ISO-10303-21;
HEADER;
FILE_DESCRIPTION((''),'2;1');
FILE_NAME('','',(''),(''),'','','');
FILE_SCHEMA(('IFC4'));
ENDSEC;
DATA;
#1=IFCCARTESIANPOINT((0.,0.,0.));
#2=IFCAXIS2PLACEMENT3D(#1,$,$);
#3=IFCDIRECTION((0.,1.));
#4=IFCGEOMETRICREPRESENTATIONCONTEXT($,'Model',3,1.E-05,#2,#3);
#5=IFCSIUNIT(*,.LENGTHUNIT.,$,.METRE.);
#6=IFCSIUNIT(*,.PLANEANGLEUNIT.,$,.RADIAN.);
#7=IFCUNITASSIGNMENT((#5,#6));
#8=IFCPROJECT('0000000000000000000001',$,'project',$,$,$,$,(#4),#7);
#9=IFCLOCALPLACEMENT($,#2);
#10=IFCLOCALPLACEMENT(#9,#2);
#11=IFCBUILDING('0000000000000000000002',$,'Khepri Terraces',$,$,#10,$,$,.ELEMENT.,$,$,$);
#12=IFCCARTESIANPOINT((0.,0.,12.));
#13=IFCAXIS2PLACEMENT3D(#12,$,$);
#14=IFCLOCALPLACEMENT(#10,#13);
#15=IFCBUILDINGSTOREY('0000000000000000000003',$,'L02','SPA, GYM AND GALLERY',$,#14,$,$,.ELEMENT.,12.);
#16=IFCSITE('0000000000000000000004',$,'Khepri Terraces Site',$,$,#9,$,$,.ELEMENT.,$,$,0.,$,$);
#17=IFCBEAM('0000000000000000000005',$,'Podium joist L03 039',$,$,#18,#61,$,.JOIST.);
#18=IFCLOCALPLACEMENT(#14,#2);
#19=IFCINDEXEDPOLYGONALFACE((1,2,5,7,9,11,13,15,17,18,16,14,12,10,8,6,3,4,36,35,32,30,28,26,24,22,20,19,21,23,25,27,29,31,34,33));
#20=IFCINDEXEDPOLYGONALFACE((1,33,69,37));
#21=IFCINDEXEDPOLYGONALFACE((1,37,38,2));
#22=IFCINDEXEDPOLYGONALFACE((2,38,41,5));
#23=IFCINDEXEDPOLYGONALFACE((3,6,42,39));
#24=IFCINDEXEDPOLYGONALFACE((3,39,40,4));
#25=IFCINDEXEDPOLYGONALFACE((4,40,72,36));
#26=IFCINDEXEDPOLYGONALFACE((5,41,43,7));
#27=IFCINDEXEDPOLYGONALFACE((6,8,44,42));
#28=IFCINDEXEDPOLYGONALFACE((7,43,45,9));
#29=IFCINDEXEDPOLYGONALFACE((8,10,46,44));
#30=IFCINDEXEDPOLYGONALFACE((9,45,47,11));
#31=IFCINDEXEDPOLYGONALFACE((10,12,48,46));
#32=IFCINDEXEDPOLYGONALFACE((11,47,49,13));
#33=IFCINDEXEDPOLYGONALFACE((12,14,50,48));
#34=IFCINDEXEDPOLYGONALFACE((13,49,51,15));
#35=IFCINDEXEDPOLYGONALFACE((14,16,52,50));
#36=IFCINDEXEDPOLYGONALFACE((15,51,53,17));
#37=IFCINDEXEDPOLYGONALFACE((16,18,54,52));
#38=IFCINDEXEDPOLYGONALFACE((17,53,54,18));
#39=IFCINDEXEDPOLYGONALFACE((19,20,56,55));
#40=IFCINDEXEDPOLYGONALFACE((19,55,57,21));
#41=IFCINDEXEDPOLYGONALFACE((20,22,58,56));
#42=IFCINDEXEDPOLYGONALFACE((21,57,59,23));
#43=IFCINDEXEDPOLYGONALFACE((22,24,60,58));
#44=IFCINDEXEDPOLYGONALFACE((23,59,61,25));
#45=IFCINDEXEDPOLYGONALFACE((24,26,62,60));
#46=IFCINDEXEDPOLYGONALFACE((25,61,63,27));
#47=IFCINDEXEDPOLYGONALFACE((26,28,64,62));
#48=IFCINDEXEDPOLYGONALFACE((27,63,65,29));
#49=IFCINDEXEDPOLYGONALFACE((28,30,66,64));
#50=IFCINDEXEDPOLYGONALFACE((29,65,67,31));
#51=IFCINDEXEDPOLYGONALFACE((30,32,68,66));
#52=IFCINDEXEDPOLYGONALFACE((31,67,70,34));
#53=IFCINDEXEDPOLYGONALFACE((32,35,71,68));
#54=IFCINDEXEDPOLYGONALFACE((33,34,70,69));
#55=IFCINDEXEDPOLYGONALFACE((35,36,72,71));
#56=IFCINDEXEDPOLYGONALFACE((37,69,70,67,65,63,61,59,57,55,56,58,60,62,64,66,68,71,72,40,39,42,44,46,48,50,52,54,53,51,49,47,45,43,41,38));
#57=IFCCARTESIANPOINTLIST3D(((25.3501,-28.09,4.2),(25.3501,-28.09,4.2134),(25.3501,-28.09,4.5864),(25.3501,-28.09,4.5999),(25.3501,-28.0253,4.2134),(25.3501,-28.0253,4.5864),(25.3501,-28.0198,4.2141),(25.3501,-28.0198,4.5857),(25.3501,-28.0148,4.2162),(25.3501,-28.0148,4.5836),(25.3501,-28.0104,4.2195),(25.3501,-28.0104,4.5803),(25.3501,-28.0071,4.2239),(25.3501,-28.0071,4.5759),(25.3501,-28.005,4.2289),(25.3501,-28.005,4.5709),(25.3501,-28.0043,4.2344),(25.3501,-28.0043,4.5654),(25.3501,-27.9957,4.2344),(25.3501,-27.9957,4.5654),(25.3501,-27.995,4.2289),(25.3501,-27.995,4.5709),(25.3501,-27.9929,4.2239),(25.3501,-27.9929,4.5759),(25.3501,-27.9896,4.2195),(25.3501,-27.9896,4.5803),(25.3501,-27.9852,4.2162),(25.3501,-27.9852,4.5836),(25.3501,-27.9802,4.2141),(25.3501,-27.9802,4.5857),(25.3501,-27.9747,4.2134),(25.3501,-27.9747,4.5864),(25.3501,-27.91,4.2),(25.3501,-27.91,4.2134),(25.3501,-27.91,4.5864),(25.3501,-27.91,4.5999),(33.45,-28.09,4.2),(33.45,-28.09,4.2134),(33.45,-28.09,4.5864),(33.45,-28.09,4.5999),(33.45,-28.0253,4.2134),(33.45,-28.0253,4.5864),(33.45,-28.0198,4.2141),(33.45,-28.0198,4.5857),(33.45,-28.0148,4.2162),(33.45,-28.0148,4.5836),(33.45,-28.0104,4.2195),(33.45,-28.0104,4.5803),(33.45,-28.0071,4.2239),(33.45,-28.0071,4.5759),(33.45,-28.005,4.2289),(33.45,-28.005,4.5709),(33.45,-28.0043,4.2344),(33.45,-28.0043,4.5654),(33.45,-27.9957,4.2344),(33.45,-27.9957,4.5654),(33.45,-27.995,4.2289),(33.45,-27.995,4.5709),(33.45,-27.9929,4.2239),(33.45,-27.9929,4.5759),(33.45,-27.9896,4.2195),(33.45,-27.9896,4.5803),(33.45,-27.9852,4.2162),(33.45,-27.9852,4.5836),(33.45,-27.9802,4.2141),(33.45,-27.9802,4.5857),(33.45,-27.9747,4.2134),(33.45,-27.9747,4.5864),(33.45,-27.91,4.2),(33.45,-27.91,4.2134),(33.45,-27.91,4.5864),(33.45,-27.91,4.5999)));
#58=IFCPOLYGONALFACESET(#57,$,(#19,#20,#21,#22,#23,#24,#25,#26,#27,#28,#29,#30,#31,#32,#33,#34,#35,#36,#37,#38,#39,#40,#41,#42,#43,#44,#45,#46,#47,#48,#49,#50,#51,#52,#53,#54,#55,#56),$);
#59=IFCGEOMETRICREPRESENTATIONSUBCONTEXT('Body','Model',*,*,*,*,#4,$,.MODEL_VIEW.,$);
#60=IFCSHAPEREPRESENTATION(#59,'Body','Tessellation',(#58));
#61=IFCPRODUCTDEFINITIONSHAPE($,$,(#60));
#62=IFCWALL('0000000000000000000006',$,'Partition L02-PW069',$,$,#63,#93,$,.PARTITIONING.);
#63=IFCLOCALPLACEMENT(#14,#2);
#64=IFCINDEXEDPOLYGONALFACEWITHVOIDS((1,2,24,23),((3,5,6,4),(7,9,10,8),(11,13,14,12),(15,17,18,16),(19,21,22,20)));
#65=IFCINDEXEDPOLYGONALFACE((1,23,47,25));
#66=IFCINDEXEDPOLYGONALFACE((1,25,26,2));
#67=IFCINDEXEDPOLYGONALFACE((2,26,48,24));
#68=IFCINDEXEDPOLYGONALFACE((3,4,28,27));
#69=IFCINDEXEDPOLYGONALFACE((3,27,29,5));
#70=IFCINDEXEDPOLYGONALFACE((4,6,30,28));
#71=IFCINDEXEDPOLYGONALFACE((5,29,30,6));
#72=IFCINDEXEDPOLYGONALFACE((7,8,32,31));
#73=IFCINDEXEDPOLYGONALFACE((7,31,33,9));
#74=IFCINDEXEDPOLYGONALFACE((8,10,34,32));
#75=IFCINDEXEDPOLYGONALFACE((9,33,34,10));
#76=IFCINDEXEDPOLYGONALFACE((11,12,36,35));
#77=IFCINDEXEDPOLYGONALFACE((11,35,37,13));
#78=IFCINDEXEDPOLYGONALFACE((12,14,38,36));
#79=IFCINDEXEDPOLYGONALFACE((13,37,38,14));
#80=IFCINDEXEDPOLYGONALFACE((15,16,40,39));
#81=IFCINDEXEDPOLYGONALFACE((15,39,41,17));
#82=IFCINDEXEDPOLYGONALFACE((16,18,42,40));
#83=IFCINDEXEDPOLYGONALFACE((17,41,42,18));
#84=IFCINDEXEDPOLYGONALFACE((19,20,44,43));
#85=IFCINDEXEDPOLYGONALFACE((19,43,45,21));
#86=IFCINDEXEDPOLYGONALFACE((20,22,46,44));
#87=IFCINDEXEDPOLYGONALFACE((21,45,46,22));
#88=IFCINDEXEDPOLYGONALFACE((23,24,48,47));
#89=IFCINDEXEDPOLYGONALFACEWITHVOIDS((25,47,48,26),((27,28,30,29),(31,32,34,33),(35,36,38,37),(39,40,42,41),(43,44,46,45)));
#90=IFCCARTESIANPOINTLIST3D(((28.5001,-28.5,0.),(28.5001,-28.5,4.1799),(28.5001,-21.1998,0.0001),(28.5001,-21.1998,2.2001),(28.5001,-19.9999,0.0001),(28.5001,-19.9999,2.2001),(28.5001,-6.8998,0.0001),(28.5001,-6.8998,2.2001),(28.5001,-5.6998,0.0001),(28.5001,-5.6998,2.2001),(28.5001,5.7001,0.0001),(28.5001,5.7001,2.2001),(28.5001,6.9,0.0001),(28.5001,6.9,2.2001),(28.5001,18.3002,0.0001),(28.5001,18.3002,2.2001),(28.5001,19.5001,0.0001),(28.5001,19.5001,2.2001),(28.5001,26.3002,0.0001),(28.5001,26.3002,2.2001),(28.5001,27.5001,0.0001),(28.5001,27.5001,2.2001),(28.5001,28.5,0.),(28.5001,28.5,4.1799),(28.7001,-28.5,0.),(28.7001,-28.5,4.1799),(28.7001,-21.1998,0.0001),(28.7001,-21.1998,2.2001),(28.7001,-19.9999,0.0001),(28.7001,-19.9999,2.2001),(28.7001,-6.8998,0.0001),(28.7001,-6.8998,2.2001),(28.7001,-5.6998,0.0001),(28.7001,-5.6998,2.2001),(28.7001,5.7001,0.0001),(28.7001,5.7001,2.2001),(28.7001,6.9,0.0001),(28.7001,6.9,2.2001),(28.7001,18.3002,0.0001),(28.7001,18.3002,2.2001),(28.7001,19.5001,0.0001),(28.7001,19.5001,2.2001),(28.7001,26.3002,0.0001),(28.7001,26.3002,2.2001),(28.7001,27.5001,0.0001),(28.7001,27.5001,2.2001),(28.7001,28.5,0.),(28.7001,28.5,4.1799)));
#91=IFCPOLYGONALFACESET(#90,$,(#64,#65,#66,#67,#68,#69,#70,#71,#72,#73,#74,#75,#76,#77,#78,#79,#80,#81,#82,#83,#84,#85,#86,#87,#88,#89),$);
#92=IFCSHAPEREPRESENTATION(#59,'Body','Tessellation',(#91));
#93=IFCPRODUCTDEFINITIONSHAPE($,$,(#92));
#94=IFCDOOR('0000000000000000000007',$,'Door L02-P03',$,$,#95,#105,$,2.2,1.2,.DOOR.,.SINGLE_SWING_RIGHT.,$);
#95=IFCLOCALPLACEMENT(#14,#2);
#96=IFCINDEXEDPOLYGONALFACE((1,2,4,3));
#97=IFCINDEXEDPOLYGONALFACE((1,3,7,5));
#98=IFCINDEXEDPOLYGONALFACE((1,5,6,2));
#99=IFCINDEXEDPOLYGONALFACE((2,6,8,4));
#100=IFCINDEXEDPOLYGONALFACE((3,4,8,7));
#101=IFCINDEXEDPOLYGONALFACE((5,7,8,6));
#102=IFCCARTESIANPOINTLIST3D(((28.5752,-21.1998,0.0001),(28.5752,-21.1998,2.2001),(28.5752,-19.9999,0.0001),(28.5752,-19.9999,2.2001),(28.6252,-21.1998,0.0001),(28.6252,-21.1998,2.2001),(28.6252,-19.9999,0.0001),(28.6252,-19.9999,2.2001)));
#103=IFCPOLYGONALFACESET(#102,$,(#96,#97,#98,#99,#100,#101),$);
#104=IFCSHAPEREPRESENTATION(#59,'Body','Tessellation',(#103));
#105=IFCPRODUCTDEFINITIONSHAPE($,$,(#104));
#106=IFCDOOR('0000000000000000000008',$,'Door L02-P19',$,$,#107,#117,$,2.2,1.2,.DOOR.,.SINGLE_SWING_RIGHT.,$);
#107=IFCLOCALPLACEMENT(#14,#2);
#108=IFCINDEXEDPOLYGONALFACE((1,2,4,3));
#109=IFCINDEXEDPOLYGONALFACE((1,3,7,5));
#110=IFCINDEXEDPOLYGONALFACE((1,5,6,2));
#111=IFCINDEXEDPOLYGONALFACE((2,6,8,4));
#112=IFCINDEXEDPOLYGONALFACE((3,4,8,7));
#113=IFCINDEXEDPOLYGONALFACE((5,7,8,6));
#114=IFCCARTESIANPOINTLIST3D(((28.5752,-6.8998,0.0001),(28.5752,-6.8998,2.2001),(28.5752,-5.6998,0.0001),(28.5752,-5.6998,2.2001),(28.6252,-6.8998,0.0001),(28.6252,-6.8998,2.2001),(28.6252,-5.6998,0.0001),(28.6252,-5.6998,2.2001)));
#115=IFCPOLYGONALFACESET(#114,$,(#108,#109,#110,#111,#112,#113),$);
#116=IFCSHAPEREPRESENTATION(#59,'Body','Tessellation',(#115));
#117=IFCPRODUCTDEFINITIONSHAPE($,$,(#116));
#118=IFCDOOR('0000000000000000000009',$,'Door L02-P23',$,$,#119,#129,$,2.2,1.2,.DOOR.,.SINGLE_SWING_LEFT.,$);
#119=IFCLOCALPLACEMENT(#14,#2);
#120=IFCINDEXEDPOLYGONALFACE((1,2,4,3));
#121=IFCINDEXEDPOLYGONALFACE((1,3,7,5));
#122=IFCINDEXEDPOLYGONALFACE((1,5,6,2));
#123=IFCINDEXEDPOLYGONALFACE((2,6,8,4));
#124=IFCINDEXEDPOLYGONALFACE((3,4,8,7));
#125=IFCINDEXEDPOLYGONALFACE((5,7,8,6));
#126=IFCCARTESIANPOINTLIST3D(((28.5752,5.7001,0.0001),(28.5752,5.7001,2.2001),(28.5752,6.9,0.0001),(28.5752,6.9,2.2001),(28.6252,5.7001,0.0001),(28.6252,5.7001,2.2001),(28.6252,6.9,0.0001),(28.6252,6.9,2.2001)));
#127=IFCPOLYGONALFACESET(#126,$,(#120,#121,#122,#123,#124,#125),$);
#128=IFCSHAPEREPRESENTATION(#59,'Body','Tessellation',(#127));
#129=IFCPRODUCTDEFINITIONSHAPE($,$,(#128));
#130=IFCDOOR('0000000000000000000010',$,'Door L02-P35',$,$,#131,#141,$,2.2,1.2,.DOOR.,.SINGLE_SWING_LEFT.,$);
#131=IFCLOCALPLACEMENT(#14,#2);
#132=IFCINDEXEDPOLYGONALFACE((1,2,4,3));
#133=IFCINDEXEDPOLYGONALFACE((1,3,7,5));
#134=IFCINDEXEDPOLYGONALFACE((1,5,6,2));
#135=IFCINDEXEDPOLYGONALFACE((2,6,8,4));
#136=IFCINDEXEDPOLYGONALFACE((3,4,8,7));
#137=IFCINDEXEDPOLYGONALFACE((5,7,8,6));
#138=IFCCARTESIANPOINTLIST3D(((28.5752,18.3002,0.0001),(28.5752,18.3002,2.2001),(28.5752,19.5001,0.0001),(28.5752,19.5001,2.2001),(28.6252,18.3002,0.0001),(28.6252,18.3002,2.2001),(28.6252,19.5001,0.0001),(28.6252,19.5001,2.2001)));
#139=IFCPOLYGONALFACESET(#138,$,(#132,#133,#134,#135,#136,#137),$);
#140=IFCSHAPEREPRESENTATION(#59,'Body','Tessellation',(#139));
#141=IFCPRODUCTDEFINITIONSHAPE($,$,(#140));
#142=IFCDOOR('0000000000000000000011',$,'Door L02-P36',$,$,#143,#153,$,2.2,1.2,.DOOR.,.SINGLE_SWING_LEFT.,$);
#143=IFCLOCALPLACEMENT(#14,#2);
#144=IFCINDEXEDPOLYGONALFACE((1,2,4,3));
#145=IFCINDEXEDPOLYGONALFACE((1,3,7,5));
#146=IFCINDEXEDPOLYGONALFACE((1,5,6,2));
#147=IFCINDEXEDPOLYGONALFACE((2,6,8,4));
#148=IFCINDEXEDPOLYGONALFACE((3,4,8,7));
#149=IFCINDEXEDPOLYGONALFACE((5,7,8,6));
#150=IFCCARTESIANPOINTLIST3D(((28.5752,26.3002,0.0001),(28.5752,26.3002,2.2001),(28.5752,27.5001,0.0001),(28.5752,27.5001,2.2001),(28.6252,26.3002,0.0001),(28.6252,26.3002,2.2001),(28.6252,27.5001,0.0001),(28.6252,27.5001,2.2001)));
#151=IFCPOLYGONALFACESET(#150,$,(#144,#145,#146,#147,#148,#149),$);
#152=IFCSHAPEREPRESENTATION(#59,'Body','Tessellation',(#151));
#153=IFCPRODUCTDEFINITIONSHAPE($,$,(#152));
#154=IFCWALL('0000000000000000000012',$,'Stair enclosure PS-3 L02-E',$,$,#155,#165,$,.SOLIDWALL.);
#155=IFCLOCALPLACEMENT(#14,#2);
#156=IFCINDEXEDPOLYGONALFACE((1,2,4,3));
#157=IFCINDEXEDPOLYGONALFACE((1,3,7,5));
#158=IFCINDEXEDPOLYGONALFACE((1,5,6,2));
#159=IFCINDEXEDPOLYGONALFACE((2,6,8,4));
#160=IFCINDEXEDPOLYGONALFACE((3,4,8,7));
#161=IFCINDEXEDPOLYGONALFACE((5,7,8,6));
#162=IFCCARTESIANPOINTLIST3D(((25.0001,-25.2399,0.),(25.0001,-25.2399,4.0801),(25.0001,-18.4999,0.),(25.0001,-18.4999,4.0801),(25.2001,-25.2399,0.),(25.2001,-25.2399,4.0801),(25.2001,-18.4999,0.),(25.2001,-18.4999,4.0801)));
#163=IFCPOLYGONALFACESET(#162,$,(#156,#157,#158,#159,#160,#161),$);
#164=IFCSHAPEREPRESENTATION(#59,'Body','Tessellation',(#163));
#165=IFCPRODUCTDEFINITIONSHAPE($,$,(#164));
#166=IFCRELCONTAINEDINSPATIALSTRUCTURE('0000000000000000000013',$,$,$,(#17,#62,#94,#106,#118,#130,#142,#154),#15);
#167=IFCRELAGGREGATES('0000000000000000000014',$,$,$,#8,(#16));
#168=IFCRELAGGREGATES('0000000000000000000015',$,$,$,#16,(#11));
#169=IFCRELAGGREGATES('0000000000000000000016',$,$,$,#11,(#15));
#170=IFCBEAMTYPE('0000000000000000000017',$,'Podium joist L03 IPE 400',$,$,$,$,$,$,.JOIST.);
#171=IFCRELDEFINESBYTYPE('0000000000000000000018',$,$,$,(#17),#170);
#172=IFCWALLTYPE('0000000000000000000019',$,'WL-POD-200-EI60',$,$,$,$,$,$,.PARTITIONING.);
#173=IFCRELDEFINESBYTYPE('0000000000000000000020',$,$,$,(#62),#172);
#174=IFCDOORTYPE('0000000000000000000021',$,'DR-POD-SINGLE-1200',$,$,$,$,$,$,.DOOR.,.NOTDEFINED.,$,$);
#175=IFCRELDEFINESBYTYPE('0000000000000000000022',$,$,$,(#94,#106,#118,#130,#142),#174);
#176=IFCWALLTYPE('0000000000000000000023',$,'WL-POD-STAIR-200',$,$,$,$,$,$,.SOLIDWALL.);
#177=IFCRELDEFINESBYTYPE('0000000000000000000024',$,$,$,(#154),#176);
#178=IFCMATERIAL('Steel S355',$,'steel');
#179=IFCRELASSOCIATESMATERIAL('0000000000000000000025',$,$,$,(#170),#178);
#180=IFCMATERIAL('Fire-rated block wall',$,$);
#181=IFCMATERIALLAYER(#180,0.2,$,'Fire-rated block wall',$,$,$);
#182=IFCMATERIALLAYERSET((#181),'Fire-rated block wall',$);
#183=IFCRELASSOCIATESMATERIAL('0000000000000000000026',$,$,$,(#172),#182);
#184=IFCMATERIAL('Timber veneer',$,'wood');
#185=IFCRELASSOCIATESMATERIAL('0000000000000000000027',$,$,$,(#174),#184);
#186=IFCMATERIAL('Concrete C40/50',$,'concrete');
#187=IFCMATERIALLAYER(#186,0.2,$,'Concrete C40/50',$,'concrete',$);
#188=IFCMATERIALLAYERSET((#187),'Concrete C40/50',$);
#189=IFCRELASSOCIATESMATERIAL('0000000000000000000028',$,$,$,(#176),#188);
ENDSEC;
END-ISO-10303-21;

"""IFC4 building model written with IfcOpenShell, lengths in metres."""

from ifc_helpers import new_model, si_unit, direction, frame, frame_2d, origin, origin_2d, place, context, subcontext, project, spatial, rectangle, i_section, extrude, material, layer, layer_set, material_profile, profile_set, type_object, element, fill, save


model = new_model("IFC4")

# Units and contexts
model_context = context("Model", 3, precision=1e-05, world=origin(), true_north=direction((0.0, 1.0)))
body_context = subcontext(model_context, "Body", "Model", "MODEL_VIEW")
ifc_project = project(units=[si_unit("LENGTHUNIT", "METRE"), si_unit("PLANEANGLEUNIT", "RADIAN")], contexts=[model_context])

# Site, building, storey
site_placement = place(None, origin())
site = spatial("IfcSite", under=ifc_project, at=site_placement, Name="Khepri Terraces Site", CompositionType="ELEMENT", RefElevation=0.0)
building_placement = place(site_placement, origin())
building = spatial("IfcBuilding", under=site, at=building_placement, Name="Khepri Terraces", CompositionType="ELEMENT")
storey_placement = place(building_placement, frame((0.0, 0.0, 12.0)))
storey = spatial("IfcBuildingStorey", under=building, at=storey_placement, Name="L02", Description="SPA, GYM AND GALLERY", CompositionType="ELEMENT", Elevation=12.0)

# Beam
ifc_material_1 = material(Name="Steel S355", Category="steel")
ifc_material_profile_1 = material_profile(ifc_material_1, i_section(OverallWidth=0.1799, OverallDepth=0.3999, WebThickness=0.0085, FlangeThickness=0.0134, FilletRadius=0.021, at=origin_2d()), Name="Steel S355", Category="steel")
ifc_profile_set_1 = profile_set([ifc_material_profile_1], Name="Steel S355")
beam_type_1 = type_object("IfcBeamType", Name="Podium joist L03 IPE 400", PredefinedType="JOIST", material=ifc_profile_set_1)
for number, where, z_axis, x_axis, name in (
    (1, (25.3501, -28.0, 4.3999), (1.0, 0.0, 0.0), (0.0, 1.0, 0.0), "Podium joist L03 039"),
):
    element("IfcBeam", number, at=place(storey_placement, frame(where, z_axis=z_axis, x_axis=x_axis)), inside=storey, type_object=beam_type_1, Name=name, PredefinedType="JOIST", context=body_context, shape_type="SweptSolid", body=[
        extrude(i_section(OverallWidth=0.1799, OverallDepth=0.3999, WebThickness=0.0085, FlangeThickness=0.0134, FilletRadius=0.021, at=origin_2d()), origin(), (0.0, 0.0, 1.0), 8.0999),
    ])

# Wall, openings, doors
ifc_material_2 = material(Name="Fire-rated block wall")
ifc_layer_1 = layer(ifc_material_2, 0.2, Name="Fire-rated block wall")
ifc_layer_set_1 = layer_set([ifc_layer_1], Name="Fire-rated block wall")
wall_type_1 = type_object("IfcWallType", Name="WL-POD-200-EI60", PredefinedType="PARTITIONING", material=ifc_layer_set_1)
wall_1_placement = place(storey_placement, frame((28.6001, -28.5, 0.0), z_axis=(0.0, 0.0, 1.0), x_axis=(0.0, 1.0, 0.0)))
wall_1 = element("IfcWall", 2, at=wall_1_placement, inside=storey, type_object=wall_type_1, Name="Partition L02-PW069", PredefinedType="PARTITIONING", context=body_context, shape_type="SweptSolid", body=[
    extrude(rectangle(XDim=57.0, YDim=0.2, at=frame_2d((28.5, 0.0))), origin(), (0.0, 0.0, 1.0), 4.1799),
])
opening_1_placement = place(wall_1_placement, frame((7.3, 0.0, 0.0)))
opening_1 = element("IfcOpeningElement", 3, at=opening_1_placement, cuts=wall_1, PredefinedType="OPENING", context=body_context, shape_type="SweptSolid", body=[
    extrude(rectangle(XDim=1.2, YDim=2.2, at=frame_2d((0.6001, 1.1001))), frame((0.0, 0.1099, 0.0), z_axis=(0.0, -1.0, 0.0), x_axis=(1.0, 0.0, 0.0)), (0.0, 0.0, 1.0), 0.22),
])
opening_2_placement = place(wall_1_placement, frame((21.6001, 0.0, 0.0)))
opening_2 = element("IfcOpeningElement", 4, at=opening_2_placement, cuts=wall_1, PredefinedType="OPENING", context=body_context, shape_type="SweptSolid", body=[
    extrude(rectangle(XDim=1.2, YDim=2.2, at=frame_2d((0.6001, 1.1001))), frame((0.0, 0.1099, 0.0), z_axis=(0.0, -1.0, 0.0), x_axis=(1.0, 0.0, 0.0)), (0.0, 0.0, 1.0), 0.22),
])
opening_3_placement = place(wall_1_placement, frame((34.2, 0.0, 0.0)))
opening_3 = element("IfcOpeningElement", 5, at=opening_3_placement, cuts=wall_1, PredefinedType="OPENING", context=body_context, shape_type="SweptSolid", body=[
    extrude(rectangle(XDim=1.2, YDim=2.2, at=frame_2d((0.6001, 1.1001))), frame((0.0, 0.1099, 0.0), z_axis=(0.0, -1.0, 0.0), x_axis=(1.0, 0.0, 0.0)), (0.0, 0.0, 1.0), 0.22),
])
opening_4_placement = place(wall_1_placement, frame((46.8, 0.0, 0.0)))
opening_4 = element("IfcOpeningElement", 6, at=opening_4_placement, cuts=wall_1, PredefinedType="OPENING", context=body_context, shape_type="SweptSolid", body=[
    extrude(rectangle(XDim=1.2, YDim=2.2, at=frame_2d((0.6001, 1.1001))), frame((0.0, 0.1099, 0.0), z_axis=(0.0, -1.0, 0.0), x_axis=(1.0, 0.0, 0.0)), (0.0, 0.0, 1.0), 0.22),
])
opening_5_placement = place(wall_1_placement, frame((54.8, 0.0, 0.0)))
opening_5 = element("IfcOpeningElement", 7, at=opening_5_placement, cuts=wall_1, PredefinedType="OPENING", context=body_context, shape_type="SweptSolid", body=[
    extrude(rectangle(XDim=1.2, YDim=2.2, at=frame_2d((0.6001, 1.1001))), frame((0.0, 0.1099, 0.0), z_axis=(0.0, -1.0, 0.0), x_axis=(1.0, 0.0, 0.0)), (0.0, 0.0, 1.0), 0.22),
])
ifc_material_3 = material(Name="Timber veneer", Category="wood")
door_type = type_object("IfcDoorType", Name="DR-POD-SINGLE-1200", OperationType="NOTDEFINED", PredefinedType="DOOR", material=ifc_material_3)
door_1_placement = place(opening_1_placement, origin())
door_1 = element("IfcDoor", 8, at=door_1_placement, inside=storey, type_object=door_type, Name="Door L02-P03", OperationType="SINGLE_SWING_RIGHT", OverallHeight=2.2, OverallWidth=1.2, PredefinedType="DOOR", context=body_context, shape_type="SweptSolid", body=[
    extrude(rectangle(XDim=1.2, YDim=2.2, at=frame_2d((0.6001, 1.1001))), frame((0.0, 0.0249, 0.0), z_axis=(0.0, -1.0, 0.0), x_axis=(1.0, 0.0, 0.0)), (0.0, 0.0, 1.0), 0.05),
])
fill(opening_1, door_1)
door_2_placement = place(opening_2_placement, origin())
door_2 = element("IfcDoor", 9, at=door_2_placement, inside=storey, type_object=door_type, Name="Door L02-P19", OperationType="SINGLE_SWING_RIGHT", OverallHeight=2.2, OverallWidth=1.2, PredefinedType="DOOR", context=body_context, shape_type="SweptSolid", body=[
    extrude(rectangle(XDim=1.2, YDim=2.2, at=frame_2d((0.6001, 1.1001))), frame((0.0, 0.0249, 0.0), z_axis=(0.0, -1.0, 0.0), x_axis=(1.0, 0.0, 0.0)), (0.0, 0.0, 1.0), 0.05),
])
fill(opening_2, door_2)
door_3_placement = place(opening_3_placement, origin())
door_3 = element("IfcDoor", 10, at=door_3_placement, inside=storey, type_object=door_type, Name="Door L02-P23", OperationType="SINGLE_SWING_LEFT", OverallHeight=2.2, OverallWidth=1.2, PredefinedType="DOOR", context=body_context, shape_type="SweptSolid", body=[
    extrude(rectangle(XDim=1.2, YDim=2.2, at=frame_2d((0.6001, 1.1001))), frame((0.0, 0.0249, 0.0), z_axis=(0.0, -1.0, 0.0), x_axis=(1.0, 0.0, 0.0)), (0.0, 0.0, 1.0), 0.05),
])
fill(opening_3, door_3)
door_4_placement = place(opening_4_placement, origin())
door_4 = element("IfcDoor", 11, at=door_4_placement, inside=storey, type_object=door_type, Name="Door L02-P35", OperationType="SINGLE_SWING_LEFT", OverallHeight=2.2, OverallWidth=1.2, PredefinedType="DOOR", context=body_context, shape_type="SweptSolid", body=[
    extrude(rectangle(XDim=1.2, YDim=2.2, at=frame_2d((0.6001, 1.1001))), frame((0.0, 0.0249, 0.0), z_axis=(0.0, -1.0, 0.0), x_axis=(1.0, 0.0, 0.0)), (0.0, 0.0, 1.0), 0.05),
])
fill(opening_4, door_4)
door_5_placement = place(opening_5_placement, origin())
door_5 = element("IfcDoor", 12, at=door_5_placement, inside=storey, type_object=door_type, Name="Door L02-P36", OperationType="SINGLE_SWING_LEFT", OverallHeight=2.2, OverallWidth=1.2, PredefinedType="DOOR", context=body_context, shape_type="SweptSolid", body=[
    extrude(rectangle(XDim=1.2, YDim=2.2, at=frame_2d((0.6001, 1.1001))), frame((0.0, 0.0249, 0.0), z_axis=(0.0, -1.0, 0.0), x_axis=(1.0, 0.0, 0.0)), (0.0, 0.0, 1.0), 0.05),
])
fill(opening_5, door_5)

# Wall
ifc_material_4 = material(Name="Concrete C40/50", Category="concrete")
ifc_layer_2 = layer(ifc_material_4, 0.2, Name="Concrete C40/50", Category="concrete")
ifc_layer_set_2 = layer_set([ifc_layer_2], Name="Concrete C40/50")
wall_type_2 = type_object("IfcWallType", Name="WL-POD-STAIR-200", PredefinedType="SOLIDWALL", material=ifc_layer_set_2)
wall_2_placement = place(storey_placement, frame((25.1001, -25.24, 0.0), z_axis=(0.0, 0.0, 1.0), x_axis=(0.0, 1.0, 0.0)))
element("IfcWall", 13, at=wall_2_placement, inside=storey, type_object=wall_type_2, Name="Stair enclosure PS-3 L02-E", PredefinedType="SOLIDWALL", context=body_context, shape_type="SweptSolid", body=[
    extrude(rectangle(XDim=6.74, YDim=0.2, at=frame_2d((3.3701, 0.0))), origin(), (0.0, 0.0, 1.0), 4.0801),
])

save(model, "model.ifc")
